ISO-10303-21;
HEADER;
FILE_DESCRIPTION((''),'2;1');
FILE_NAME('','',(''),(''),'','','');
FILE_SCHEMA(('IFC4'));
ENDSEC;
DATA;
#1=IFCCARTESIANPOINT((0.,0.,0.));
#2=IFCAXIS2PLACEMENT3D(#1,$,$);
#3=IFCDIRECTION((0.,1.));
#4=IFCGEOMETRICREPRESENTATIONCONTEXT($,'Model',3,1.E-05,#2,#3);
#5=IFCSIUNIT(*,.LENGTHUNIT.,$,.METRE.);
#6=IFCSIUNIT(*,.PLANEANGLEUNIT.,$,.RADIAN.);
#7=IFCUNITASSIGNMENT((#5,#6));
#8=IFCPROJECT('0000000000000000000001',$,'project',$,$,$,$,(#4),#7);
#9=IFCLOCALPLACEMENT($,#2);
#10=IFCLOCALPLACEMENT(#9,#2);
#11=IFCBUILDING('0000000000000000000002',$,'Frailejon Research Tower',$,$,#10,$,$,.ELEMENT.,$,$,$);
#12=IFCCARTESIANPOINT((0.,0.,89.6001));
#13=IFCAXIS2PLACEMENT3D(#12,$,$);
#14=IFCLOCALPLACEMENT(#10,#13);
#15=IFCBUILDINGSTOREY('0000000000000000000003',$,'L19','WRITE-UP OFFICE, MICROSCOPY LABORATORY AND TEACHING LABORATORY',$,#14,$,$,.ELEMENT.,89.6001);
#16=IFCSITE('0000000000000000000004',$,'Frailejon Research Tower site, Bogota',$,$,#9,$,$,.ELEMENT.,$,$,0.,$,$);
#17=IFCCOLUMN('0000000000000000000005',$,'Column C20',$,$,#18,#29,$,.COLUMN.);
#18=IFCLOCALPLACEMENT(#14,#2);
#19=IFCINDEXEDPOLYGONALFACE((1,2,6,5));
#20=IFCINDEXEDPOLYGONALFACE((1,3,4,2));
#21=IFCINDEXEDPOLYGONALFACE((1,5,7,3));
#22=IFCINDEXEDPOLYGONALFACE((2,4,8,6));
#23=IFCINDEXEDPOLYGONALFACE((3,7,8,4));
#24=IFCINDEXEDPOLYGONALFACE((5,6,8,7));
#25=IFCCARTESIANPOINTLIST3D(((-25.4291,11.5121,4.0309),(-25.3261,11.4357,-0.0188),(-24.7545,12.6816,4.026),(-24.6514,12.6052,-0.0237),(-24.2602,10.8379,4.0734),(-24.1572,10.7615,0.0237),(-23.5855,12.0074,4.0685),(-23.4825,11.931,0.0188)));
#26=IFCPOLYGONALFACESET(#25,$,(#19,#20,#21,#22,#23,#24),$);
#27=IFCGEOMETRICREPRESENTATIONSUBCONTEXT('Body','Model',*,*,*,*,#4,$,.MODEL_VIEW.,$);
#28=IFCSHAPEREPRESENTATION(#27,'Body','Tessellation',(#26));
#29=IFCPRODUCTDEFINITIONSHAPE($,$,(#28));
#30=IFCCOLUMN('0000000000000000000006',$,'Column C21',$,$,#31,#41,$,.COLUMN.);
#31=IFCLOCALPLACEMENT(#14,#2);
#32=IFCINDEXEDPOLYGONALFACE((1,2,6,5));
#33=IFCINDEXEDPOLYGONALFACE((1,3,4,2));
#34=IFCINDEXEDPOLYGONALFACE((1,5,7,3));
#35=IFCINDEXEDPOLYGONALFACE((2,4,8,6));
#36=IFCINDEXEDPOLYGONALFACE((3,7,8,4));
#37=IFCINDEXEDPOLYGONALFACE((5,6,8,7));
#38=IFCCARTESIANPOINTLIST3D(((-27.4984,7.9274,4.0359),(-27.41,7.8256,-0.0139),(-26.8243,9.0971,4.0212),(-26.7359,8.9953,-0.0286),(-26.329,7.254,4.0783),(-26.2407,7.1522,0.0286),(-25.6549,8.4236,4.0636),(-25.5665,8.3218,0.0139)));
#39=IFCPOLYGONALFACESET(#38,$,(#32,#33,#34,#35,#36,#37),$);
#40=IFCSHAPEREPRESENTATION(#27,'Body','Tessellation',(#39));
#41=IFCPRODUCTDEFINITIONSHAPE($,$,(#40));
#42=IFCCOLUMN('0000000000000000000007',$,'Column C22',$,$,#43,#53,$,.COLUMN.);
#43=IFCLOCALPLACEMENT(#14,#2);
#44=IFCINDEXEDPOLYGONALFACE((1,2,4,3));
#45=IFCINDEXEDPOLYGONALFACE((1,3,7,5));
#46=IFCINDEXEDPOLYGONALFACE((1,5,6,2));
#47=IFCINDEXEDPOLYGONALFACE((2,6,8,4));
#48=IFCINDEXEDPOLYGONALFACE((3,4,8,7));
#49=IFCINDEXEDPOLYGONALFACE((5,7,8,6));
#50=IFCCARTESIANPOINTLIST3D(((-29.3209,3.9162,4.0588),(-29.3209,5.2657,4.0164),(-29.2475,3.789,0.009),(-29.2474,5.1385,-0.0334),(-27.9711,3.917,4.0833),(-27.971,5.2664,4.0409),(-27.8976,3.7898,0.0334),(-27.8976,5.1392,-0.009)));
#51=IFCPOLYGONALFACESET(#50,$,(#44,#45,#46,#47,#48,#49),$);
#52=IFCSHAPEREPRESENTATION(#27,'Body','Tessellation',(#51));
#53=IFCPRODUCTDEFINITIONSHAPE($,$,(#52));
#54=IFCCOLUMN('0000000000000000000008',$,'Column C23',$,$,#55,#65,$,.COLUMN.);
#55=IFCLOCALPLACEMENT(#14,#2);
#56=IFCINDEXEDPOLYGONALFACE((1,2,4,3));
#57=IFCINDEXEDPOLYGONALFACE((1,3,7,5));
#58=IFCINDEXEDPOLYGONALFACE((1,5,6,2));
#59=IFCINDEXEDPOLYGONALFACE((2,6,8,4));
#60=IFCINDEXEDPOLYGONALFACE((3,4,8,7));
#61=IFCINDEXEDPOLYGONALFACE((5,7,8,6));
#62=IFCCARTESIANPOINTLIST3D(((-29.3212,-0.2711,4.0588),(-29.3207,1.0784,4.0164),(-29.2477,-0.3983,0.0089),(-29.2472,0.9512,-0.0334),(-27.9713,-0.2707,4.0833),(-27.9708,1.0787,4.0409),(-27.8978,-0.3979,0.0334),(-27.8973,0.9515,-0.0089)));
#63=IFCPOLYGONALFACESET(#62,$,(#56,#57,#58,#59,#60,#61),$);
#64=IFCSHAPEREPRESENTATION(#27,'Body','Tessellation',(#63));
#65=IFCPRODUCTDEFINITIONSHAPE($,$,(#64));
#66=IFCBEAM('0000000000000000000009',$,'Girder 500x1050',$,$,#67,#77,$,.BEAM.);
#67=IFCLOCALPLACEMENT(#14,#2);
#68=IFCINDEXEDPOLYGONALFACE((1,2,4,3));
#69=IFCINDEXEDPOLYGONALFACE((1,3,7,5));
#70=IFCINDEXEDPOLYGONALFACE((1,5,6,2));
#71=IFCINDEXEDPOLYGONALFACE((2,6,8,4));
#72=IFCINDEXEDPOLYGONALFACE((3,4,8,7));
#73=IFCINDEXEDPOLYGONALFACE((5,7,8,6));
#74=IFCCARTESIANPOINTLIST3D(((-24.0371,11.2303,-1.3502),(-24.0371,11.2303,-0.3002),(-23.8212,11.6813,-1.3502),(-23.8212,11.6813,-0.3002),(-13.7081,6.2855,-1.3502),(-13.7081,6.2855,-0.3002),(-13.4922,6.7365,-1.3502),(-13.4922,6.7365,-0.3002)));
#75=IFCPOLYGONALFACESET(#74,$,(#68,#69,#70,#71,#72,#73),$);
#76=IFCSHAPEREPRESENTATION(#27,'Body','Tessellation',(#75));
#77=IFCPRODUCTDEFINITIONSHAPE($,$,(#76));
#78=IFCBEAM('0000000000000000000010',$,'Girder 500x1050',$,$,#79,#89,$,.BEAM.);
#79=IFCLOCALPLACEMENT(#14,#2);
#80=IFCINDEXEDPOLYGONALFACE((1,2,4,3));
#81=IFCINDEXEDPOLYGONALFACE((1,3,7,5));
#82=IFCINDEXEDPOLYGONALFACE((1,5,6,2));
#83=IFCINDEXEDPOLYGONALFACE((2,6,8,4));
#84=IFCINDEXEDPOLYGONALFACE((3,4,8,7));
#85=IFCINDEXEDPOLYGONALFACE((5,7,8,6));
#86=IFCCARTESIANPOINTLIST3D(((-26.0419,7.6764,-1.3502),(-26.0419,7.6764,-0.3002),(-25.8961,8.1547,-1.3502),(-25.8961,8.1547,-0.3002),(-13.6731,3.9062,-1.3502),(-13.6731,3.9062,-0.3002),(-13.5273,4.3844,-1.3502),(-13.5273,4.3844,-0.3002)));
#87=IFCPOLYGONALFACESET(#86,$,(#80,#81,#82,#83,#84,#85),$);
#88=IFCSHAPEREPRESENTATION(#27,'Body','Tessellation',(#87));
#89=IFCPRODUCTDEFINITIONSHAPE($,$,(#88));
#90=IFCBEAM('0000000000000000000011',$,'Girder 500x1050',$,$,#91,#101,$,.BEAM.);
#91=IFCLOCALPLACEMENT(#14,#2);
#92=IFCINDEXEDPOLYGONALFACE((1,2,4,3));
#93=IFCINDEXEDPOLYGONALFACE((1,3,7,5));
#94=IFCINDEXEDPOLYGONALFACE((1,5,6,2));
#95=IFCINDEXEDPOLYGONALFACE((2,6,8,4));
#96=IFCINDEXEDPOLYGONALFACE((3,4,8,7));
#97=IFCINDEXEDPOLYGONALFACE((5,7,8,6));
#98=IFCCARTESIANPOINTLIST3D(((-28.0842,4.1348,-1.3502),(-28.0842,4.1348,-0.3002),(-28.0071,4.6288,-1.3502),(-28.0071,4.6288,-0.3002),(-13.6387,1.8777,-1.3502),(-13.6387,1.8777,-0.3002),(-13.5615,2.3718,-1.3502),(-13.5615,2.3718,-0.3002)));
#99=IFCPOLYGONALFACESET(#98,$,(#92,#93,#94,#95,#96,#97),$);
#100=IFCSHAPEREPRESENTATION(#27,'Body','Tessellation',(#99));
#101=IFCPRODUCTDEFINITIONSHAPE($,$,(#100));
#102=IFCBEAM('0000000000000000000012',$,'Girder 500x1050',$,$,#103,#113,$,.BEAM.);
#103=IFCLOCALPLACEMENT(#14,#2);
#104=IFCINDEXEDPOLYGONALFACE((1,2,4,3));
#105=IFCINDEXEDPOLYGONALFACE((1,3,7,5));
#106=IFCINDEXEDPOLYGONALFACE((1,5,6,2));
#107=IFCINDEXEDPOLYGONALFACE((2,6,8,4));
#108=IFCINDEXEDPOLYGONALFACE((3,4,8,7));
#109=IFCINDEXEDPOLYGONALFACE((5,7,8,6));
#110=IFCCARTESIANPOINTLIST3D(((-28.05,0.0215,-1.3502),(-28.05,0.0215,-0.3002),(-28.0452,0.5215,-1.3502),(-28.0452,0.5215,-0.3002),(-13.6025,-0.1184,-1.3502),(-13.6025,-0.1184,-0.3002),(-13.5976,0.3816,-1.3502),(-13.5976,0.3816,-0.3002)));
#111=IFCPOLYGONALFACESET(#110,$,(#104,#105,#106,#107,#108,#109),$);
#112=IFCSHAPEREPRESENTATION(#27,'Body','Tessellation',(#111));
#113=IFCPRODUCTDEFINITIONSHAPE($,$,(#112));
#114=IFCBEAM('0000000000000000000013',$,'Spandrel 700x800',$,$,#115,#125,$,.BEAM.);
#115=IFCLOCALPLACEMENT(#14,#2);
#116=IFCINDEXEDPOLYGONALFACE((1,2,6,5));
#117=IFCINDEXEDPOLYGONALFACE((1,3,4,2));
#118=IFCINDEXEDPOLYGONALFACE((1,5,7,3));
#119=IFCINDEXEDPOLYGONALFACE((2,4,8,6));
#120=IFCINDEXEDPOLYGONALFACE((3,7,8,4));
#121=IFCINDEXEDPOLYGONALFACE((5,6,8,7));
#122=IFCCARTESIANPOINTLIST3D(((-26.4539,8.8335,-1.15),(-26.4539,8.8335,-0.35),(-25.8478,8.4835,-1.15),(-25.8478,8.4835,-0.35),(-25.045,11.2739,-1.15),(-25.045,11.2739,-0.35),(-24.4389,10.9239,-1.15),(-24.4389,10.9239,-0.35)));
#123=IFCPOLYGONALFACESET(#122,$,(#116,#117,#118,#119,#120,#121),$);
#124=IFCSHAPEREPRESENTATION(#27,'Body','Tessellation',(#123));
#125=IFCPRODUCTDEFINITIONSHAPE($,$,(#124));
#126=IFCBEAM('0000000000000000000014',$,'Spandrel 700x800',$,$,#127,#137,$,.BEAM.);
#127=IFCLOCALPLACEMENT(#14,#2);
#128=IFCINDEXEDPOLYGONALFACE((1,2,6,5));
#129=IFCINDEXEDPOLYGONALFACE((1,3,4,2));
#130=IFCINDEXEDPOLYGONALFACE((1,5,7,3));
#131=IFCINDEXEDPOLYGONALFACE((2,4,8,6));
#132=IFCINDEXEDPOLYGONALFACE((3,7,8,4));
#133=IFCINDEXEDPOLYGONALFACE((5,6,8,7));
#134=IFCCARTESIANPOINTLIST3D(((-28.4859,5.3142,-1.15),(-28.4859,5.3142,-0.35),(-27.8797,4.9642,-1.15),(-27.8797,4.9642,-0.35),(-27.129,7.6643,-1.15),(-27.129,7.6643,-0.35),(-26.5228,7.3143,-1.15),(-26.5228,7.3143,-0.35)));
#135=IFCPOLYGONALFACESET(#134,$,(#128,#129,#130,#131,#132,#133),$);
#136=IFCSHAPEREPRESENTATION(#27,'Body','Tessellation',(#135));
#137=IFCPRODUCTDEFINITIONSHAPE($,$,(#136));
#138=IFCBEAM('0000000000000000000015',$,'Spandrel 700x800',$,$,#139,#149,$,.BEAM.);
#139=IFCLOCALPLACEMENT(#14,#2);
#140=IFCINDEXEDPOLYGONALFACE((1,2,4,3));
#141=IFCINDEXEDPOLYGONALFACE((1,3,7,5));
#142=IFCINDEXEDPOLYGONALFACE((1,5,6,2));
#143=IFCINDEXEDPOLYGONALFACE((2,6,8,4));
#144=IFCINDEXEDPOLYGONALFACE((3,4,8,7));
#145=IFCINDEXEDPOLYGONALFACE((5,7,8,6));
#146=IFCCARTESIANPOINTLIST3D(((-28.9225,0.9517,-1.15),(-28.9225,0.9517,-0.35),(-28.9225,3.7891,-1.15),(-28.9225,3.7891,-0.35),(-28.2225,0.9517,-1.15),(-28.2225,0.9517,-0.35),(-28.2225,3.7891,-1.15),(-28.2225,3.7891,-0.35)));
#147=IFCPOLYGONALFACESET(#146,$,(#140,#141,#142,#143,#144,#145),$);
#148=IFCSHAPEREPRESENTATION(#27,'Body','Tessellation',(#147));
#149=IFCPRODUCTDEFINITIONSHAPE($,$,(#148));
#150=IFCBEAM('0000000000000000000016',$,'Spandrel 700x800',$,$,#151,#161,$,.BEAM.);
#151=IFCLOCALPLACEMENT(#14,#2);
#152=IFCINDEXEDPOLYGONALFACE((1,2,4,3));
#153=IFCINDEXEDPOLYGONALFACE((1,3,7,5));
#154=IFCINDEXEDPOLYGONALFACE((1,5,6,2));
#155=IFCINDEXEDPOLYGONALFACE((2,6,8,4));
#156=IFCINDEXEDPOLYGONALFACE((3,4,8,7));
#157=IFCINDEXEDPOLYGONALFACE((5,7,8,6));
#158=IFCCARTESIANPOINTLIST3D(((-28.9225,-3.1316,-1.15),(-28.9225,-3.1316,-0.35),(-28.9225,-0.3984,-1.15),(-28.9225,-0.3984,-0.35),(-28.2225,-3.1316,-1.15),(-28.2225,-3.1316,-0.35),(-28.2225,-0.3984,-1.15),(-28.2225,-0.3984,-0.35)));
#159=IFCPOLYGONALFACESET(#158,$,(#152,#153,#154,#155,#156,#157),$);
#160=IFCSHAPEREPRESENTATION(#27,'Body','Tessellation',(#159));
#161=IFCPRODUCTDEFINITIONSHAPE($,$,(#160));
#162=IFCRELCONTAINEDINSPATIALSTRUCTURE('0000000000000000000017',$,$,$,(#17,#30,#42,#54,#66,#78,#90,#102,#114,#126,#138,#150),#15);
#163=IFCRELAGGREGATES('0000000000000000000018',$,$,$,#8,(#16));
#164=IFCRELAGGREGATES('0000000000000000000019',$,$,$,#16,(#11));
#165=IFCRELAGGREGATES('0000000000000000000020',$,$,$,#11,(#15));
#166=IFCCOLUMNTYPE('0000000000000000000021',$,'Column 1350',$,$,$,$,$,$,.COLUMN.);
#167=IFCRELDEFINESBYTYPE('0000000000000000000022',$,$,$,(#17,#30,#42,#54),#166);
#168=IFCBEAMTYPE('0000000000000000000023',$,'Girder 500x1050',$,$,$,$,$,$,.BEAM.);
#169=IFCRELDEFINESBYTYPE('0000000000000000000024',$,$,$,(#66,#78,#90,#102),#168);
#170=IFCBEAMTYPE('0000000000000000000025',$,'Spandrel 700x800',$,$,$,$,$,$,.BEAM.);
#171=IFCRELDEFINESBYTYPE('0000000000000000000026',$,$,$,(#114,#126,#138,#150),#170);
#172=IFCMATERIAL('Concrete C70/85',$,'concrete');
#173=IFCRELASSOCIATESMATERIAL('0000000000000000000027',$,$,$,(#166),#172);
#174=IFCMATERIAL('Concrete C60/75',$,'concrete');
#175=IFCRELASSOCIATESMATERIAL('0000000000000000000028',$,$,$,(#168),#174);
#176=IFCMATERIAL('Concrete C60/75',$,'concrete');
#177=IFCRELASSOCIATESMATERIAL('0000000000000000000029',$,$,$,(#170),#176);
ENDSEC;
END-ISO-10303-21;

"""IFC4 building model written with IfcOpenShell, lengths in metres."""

from ifc_helpers import new_model, si_unit, direction, frame, origin, origin_2d, place, context, subcontext, project, spatial, rectangle, extrude, material, material_profile, profile_set, type_object, element, save


model = new_model("IFC4")

# Units and contexts
model_context = context("Model", 3, precision=1e-05, world=origin(), true_north=direction((0.0, 1.0)))
body_context = subcontext(model_context, "Body", "Model", "MODEL_VIEW")
ifc_project = project(units=[si_unit("LENGTHUNIT", "METRE"), si_unit("PLANEANGLEUNIT", "RADIAN")], contexts=[model_context])

# Site, building, storey
site_placement = place(None, origin())
site = spatial("IfcSite", under=ifc_project, at=site_placement, Name="Frailejon Research Tower site, Bogota", CompositionType="ELEMENT", RefElevation=0.0)
building_placement = place(site_placement, origin())
building = spatial("IfcBuilding", under=site, at=building_placement, Name="Frailejon Research Tower", CompositionType="ELEMENT")
storey_placement = place(building_placement, frame((0.0, 0.0, 89.6001)))
storey = spatial("IfcBuildingStorey", under=building, at=storey_placement, Name="L19", Description="WRITE-UP OFFICE, MICROSCOPY LABORATORY AND TEACHING LABORATORY", CompositionType="ELEMENT", Elevation=89.6001)

# Columns
ifc_material_1 = material(Name="Concrete C70/85", Category="concrete")
ifc_material_profile_1 = material_profile(ifc_material_1, rectangle(XDim=1.3501, YDim=1.3501, at=origin_2d()), Name="Column 1350")
ifc_profile_set_1 = profile_set([ifc_material_profile_1], Name="Concrete C70/85")
column_type = type_object("IfcColumnType", Name="Column 1350", PredefinedType="COLUMN", material=ifc_profile_set_1)
column_1_placement = place(storey_placement, frame((-24.4043, 11.6833, 0.0), z_axis=(-0.025427, 0.01886, 0.999499), x_axis=(-0.49971, -0.866185, 0.003631)))
element("IfcColumn", 1, at=column_1_placement, inside=storey, type_object=column_type, Name="Column C20", PredefinedType="COLUMN", context=body_context, shape_type="SweptSolid", body=[
    extrude(rectangle(XDim=1.3501, YDim=1.3501, at=origin_2d()), origin(), (0.0, 0.0, 1.0), 4.0518),
])
column_2_placement = place(storey_placement, frame((-26.4883, 8.0737, 0.0), z_axis=(-0.021811, 0.025125, 0.999446), x_axis=(-0.499317, -0.866351, 0.010882)))
element("IfcColumn", 2, at=column_2_placement, inside=storey, type_object=column_type, Name="Column C21", PredefinedType="COLUMN", context=body_context, shape_type="SweptSolid", body=[
    extrude(rectangle(XDim=1.3501, YDim=1.3501, at=origin_2d()), origin(), (0.0, 0.0, 1.0), 4.052),
])
for number, where, z_axis, x_axis, name in (
    (3, (-28.5725, 4.4641, 0.0), (-0.018134, 0.031388, 0.999343), (-0.000022, -0.999507, 0.031392), "Column C22"),
    (4, (-28.5725, 0.2766, 0.0), (-0.018134, 0.031388, 0.999343), (-0.000336, -0.999507, 0.031387), "Column C23"),
):
    element("IfcColumn", number, at=place(storey_placement, frame(where, z_axis=z_axis, x_axis=x_axis)), inside=storey, type_object=column_type, Name=name, PredefinedType="COLUMN", context=body_context, shape_type="SweptSolid", body=[
        extrude(rectangle(XDim=1.3501, YDim=1.3501, at=origin_2d()), origin(), (0.0, 0.0, 1.0), 4.0525),
    ])

# Beams
ifc_material_2 = material(Name="Concrete C60/75", Category="concrete")
ifc_material_profile_2 = material_profile(ifc_material_2, rectangle(XDim=0.5, YDim=1.05, at=origin_2d()), Name="Girder 500x1050")
ifc_profile_set_2 = profile_set([ifc_material_profile_2], Name="Concrete C60/75")
beam_type_1 = type_object("IfcBeamType", Name="Girder 500x1050", PredefinedType="BEAM", material=ifc_profile_set_2)
beam_1_placement = place(storey_placement, frame((-23.9292, 11.4558, -0.8252), z_axis=(0.90197, -0.431798, 0.0), x_axis=(0.431798, 0.90197, 0.0)))
element("IfcBeam", 5, at=beam_1_placement, inside=storey, type_object=beam_type_1, Name="Girder 500x1050", PredefinedType="BEAM", context=body_context, shape_type="SweptSolid", body=[
    extrude(rectangle(XDim=0.5, YDim=1.05, at=origin_2d()), origin(), (0.0, 0.0, 1.0), 11.4517),
])
beam_2_placement = place(storey_placement, frame((-25.969, 7.9155, -0.8252), z_axis=(0.956548, -0.291573, 0.0), x_axis=(0.291573, 0.956548, 0.0)))
element("IfcBeam", 6, at=beam_2_placement, inside=storey, type_object=beam_type_1, Name="Girder 500x1050", PredefinedType="BEAM", context=body_context, shape_type="SweptSolid", body=[
    extrude(rectangle(XDim=0.5, YDim=1.05, at=origin_2d()), origin(), (0.0, 0.0, 1.0), 12.9307),
])
beam_3_placement = place(storey_placement, frame((-28.0457, 4.3818, -0.8252), z_axis=(0.988012, -0.154374, 0.0), x_axis=(0.154374, 0.988012, 0.0)))
element("IfcBeam", 7, at=beam_3_placement, inside=storey, type_object=beam_type_1, Name="Girder 500x1050", PredefinedType="BEAM", context=body_context, shape_type="SweptSolid", body=[
    extrude(rectangle(XDim=0.5, YDim=1.05, at=origin_2d()), origin(), (0.0, 0.0, 1.0), 14.6208),
])
beam_4_placement = place(storey_placement, frame((-28.0476, 0.2715, -0.8252), z_axis=(0.999953, -0.009682, 0.0), x_axis=(0.009682, 0.999953, 0.0)))
element("IfcBeam", 8, at=beam_4_placement, inside=storey, type_object=beam_type_1, Name="Girder 500x1050", PredefinedType="BEAM", context=body_context, shape_type="SweptSolid", body=[
    extrude(rectangle(XDim=0.5, YDim=1.05, at=origin_2d()), origin(), (0.0, 0.0, 1.0), 14.4482),
])
ifc_material_3 = material(Name="Concrete C60/75", Category="concrete")
ifc_material_profile_3 = material_profile(ifc_material_3, rectangle(XDim=0.7, YDim=0.8, at=origin_2d()), Name="Spandrel 700x800")
ifc_profile_set_3 = profile_set([ifc_material_profile_3], Name="Concrete C60/75")
beam_type_2 = type_object("IfcBeamType", Name="Spandrel 700x800", PredefinedType="BEAM", material=ifc_profile_set_3)
beam_5_placement = place(storey_placement, frame((-24.7419, 11.0989, -0.75), z_axis=(-0.499987, -0.866033, 0.0), x_axis=(0.866033, -0.499987, 0.0)))
element("IfcBeam", 9, at=beam_5_placement, inside=storey, type_object=beam_type_2, Name="Spandrel 700x800", PredefinedType="BEAM", context=body_context, shape_type="SweptSolid", body=[
    extrude(rectangle(XDim=0.7, YDim=0.8, at=origin_2d()), origin(), (0.0, 0.0, 1.0), 2.8179),
])
beam_6_placement = place(storey_placement, frame((-26.8259, 7.4893, -0.75), z_axis=(-0.500029, -0.866009, 0.0), x_axis=(0.866009, -0.500029, 0.0)))
element("IfcBeam", 10, at=beam_6_placement, inside=storey, type_object=beam_type_2, Name="Spandrel 700x800", PredefinedType="BEAM", context=body_context, shape_type="SweptSolid", body=[
    extrude(rectangle(XDim=0.7, YDim=0.8, at=origin_2d()), origin(), (0.0, 0.0, 1.0), 2.7136),
])
beam_7_placement = place(storey_placement, frame((-28.5725, 3.7891, -0.75), z_axis=(0.0, -1.0, 0.0), x_axis=(1.0, 0.0, 0.0)))
element("IfcBeam", 11, at=beam_7_placement, inside=storey, type_object=beam_type_2, Name="Spandrel 700x800", PredefinedType="BEAM", context=body_context, shape_type="SweptSolid", body=[
    extrude(rectangle(XDim=0.7, YDim=0.8, at=origin_2d()), origin(), (0.0, 0.0, 1.0), 2.8374),
])
beam_8_placement = place(storey_placement, frame((-28.5725, -0.3984, -0.75), z_axis=(0.0, -1.0, 0.0), x_axis=(1.0, 0.0, 0.0)))
element("IfcBeam", 12, at=beam_8_placement, inside=storey, type_object=beam_type_2, Name="Spandrel 700x800", PredefinedType="BEAM", context=body_context, shape_type="SweptSolid", body=[
    extrude(rectangle(XDim=0.7, YDim=0.8, at=origin_2d()), origin(), (0.0, 0.0, 1.0), 2.7332),
])

save(model, "model.ifc")
